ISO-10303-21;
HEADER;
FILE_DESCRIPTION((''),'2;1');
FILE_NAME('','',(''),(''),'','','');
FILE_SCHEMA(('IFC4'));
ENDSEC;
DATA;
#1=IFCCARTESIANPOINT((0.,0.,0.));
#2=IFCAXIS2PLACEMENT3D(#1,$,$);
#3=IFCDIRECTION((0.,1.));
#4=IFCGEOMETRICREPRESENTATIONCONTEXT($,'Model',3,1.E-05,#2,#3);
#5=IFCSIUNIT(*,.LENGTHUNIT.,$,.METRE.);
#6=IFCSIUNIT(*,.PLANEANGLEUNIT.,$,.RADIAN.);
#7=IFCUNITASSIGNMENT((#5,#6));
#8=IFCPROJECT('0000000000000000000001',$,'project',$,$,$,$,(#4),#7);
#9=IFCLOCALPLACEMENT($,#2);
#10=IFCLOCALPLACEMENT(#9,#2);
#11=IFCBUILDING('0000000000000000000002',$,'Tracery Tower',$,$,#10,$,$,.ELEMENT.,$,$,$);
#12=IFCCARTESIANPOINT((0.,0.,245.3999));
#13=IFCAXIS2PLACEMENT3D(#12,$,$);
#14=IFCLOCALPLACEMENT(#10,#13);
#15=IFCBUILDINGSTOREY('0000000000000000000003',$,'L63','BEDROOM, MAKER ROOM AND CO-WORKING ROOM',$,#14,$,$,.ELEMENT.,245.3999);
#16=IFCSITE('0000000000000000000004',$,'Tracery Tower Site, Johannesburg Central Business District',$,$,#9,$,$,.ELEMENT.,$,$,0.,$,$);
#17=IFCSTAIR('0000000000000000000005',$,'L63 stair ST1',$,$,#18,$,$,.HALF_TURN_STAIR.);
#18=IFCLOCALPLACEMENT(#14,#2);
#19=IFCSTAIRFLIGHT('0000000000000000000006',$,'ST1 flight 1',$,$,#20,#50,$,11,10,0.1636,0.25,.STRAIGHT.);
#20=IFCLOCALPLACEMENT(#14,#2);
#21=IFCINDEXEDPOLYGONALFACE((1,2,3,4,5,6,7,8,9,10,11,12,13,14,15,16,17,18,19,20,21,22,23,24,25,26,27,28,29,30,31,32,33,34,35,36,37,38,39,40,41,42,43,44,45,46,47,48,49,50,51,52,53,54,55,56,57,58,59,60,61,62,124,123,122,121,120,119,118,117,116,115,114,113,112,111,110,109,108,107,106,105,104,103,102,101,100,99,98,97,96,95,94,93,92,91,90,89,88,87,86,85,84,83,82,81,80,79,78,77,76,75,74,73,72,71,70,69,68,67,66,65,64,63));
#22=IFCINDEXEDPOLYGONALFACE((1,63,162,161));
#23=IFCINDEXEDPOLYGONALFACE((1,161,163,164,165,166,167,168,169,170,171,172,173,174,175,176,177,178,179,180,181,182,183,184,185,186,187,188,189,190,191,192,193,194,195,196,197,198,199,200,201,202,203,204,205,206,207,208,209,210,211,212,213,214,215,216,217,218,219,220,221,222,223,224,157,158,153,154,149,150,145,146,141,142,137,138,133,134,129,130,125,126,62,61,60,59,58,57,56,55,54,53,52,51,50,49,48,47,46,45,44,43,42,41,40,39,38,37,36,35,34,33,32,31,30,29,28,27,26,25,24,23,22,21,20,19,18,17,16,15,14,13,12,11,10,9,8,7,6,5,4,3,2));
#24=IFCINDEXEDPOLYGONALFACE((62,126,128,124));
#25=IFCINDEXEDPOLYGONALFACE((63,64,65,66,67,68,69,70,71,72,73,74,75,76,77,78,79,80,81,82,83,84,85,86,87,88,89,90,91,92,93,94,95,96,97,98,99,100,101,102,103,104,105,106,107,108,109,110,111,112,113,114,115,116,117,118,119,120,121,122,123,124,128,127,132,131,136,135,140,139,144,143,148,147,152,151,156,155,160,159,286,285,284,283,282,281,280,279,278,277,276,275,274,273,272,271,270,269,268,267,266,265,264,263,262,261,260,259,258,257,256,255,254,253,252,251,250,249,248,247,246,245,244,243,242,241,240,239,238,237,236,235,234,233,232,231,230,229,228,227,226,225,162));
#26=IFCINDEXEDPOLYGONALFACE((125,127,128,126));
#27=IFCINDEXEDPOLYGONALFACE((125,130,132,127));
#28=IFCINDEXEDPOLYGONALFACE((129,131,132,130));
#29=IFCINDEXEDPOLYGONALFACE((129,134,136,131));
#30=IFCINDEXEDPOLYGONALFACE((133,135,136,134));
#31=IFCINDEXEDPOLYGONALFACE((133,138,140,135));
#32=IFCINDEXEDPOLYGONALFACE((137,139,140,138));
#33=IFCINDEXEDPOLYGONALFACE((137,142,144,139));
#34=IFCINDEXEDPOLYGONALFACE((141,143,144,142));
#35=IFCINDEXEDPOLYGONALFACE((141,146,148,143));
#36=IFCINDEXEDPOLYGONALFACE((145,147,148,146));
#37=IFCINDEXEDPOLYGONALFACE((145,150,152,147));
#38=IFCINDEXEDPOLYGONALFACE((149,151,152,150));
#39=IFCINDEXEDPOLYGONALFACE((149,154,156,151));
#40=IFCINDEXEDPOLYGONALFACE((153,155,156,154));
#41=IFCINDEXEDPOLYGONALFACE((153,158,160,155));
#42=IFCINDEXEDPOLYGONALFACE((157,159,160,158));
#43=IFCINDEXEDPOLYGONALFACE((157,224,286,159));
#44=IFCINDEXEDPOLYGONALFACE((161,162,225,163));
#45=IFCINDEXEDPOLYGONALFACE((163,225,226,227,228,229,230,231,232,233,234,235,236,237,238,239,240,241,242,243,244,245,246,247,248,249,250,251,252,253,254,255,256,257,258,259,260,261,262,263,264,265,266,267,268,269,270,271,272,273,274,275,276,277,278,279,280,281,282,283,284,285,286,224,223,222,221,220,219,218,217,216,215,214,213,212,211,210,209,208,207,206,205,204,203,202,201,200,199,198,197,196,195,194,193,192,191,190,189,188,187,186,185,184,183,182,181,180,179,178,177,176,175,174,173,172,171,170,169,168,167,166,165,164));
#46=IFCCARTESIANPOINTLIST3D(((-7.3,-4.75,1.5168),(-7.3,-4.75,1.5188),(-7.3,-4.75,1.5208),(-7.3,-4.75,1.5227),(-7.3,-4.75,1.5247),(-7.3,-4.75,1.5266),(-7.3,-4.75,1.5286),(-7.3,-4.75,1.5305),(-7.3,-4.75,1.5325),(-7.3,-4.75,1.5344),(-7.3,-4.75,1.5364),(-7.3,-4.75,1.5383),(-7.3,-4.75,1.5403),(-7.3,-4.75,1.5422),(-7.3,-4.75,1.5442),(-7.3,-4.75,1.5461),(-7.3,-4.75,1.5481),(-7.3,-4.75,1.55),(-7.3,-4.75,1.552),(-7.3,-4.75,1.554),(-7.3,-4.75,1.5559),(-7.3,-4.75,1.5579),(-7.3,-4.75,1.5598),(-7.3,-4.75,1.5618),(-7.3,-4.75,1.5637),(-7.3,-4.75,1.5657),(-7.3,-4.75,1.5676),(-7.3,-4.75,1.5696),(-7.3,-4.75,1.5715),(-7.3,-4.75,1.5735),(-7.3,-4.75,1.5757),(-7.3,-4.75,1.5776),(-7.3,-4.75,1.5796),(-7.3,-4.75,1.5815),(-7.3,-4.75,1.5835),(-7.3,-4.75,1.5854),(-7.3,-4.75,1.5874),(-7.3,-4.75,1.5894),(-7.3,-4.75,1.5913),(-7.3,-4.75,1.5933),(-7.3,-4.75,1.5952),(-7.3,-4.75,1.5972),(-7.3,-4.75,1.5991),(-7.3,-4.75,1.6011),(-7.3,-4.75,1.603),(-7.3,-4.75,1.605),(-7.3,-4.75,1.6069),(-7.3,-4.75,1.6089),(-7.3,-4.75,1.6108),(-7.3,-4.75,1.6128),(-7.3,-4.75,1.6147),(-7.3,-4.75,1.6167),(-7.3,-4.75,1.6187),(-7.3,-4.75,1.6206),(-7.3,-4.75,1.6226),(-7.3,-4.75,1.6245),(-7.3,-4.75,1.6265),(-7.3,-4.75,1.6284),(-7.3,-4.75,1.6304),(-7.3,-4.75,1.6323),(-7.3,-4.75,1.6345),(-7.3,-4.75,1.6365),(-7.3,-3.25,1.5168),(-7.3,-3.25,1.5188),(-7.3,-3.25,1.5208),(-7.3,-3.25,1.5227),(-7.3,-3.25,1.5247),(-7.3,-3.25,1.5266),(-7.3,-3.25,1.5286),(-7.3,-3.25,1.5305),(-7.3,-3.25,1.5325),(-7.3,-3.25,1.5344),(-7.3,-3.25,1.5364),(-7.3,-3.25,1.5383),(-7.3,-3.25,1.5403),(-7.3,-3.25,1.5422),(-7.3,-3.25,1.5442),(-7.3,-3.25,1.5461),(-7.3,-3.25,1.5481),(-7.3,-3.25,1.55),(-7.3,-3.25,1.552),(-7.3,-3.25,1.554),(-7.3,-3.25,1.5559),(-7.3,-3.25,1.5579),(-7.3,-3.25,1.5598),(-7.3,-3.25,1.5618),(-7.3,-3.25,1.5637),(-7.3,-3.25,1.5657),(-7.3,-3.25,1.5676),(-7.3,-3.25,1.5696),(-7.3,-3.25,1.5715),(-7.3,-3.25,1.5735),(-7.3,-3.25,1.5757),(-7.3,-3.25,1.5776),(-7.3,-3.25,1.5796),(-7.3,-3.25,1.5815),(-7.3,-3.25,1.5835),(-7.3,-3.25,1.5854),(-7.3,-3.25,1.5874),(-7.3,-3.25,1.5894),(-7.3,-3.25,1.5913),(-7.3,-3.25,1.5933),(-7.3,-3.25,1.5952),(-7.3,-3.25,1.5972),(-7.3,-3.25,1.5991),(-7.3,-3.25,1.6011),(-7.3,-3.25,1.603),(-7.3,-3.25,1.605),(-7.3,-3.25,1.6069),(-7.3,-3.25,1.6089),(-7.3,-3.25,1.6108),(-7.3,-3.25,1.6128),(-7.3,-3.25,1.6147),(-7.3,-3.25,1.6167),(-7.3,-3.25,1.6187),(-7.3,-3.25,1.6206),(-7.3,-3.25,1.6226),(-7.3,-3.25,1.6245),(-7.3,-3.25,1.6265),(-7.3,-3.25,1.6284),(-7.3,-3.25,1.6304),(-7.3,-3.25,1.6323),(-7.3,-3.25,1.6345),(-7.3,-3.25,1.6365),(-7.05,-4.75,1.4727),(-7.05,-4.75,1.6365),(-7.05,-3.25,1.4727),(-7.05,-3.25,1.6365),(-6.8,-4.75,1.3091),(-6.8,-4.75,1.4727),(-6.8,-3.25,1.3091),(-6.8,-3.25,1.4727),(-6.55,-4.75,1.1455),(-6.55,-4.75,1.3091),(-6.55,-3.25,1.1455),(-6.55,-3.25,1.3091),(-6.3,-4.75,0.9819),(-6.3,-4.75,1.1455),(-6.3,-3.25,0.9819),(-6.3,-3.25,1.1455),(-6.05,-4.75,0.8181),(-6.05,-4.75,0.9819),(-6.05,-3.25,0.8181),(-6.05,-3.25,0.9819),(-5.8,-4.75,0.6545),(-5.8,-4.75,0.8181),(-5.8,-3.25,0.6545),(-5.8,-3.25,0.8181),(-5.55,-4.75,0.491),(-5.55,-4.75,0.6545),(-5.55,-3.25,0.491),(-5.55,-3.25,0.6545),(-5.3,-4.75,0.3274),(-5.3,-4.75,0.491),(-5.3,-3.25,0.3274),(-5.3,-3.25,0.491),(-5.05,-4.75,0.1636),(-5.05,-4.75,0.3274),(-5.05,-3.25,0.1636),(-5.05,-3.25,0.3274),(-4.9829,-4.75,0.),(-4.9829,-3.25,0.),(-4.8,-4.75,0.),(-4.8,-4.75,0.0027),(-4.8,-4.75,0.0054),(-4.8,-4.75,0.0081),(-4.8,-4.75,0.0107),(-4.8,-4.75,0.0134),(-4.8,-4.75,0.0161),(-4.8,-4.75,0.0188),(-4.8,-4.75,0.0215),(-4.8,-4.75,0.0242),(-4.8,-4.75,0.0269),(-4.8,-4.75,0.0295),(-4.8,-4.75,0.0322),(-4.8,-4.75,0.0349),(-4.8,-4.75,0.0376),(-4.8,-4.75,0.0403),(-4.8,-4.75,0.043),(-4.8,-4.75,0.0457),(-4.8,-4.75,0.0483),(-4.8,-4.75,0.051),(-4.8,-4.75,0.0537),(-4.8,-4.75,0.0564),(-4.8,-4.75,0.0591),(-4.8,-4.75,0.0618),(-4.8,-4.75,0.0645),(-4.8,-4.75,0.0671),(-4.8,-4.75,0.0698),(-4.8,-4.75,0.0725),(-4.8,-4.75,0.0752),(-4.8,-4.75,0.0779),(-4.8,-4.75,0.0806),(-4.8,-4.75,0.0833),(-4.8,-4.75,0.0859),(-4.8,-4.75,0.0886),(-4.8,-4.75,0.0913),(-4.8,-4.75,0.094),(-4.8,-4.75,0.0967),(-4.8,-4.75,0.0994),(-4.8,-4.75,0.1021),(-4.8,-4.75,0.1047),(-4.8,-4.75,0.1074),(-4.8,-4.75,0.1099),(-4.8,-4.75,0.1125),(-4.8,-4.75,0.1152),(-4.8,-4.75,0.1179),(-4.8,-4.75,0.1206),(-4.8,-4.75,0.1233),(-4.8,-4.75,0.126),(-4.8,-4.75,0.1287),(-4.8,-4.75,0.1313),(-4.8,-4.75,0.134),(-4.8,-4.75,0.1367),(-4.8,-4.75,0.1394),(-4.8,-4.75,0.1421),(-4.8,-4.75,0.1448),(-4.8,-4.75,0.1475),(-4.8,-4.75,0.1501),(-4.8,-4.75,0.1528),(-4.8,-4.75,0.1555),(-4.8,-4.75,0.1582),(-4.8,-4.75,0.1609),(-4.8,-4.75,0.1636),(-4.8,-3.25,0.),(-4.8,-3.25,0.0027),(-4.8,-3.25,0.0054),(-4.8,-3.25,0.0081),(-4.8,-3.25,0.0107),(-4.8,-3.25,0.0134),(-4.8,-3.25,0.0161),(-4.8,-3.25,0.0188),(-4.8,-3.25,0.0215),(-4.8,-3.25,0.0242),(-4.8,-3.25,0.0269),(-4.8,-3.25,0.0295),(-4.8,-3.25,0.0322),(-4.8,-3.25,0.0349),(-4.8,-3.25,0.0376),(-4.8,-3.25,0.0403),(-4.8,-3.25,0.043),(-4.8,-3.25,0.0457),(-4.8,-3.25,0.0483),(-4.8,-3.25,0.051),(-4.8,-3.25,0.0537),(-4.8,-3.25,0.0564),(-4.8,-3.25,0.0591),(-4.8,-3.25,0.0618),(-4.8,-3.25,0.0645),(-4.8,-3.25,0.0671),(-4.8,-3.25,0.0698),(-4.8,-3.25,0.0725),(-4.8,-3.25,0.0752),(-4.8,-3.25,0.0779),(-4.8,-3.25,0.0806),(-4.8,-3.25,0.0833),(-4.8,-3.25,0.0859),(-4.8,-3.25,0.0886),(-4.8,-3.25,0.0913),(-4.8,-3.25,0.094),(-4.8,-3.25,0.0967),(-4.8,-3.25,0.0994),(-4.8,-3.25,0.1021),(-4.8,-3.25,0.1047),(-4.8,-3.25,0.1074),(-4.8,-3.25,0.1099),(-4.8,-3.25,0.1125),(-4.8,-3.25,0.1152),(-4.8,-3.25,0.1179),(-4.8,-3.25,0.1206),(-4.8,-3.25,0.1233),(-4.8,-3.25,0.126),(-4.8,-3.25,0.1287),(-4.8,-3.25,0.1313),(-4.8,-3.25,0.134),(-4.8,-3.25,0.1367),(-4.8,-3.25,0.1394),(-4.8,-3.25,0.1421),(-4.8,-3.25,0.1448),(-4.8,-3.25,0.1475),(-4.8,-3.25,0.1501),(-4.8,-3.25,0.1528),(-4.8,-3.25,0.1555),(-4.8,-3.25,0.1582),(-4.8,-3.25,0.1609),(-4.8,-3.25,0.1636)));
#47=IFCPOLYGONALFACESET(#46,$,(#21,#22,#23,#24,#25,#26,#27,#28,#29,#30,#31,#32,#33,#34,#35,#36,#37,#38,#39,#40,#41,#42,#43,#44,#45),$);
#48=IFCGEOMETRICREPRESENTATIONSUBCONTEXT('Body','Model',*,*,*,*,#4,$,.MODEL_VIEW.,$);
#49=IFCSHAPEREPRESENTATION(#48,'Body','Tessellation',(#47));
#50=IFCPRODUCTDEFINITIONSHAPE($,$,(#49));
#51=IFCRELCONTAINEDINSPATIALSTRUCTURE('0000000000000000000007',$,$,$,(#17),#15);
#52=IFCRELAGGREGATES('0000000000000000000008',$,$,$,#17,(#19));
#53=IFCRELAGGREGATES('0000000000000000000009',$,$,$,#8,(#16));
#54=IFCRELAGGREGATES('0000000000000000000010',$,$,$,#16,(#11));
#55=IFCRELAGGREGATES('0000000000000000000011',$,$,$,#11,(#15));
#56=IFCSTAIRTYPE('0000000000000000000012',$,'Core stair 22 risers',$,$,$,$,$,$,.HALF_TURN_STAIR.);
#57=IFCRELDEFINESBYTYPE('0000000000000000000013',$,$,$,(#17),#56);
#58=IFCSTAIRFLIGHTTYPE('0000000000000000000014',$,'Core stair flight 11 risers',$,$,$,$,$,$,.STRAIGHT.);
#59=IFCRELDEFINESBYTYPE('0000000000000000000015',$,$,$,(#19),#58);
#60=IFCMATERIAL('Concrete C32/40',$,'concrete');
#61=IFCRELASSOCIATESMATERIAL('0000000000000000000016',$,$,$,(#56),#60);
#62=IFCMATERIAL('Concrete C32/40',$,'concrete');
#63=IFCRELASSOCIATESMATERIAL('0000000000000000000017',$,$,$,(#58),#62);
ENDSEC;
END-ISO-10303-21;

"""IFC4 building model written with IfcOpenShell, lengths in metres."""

from ifc_helpers import new_model, si_unit, direction, frame, origin, place, context, subcontext, project, spatial, polyline, outline, extrude, material, type_object, element, aggregate, save


model = new_model("IFC4")

# Units and contexts
model_context = context("Model", 3, precision=1e-05, world=origin(), true_north=direction((0.0, 1.0)))
body_context = subcontext(model_context, "Body", "Model", "MODEL_VIEW")
ifc_project = project(units=[si_unit("LENGTHUNIT", "METRE"), si_unit("PLANEANGLEUNIT", "RADIAN")], contexts=[model_context])

# Site, building, storey
site_placement = place(None, origin())
site = spatial("IfcSite", under=ifc_project, at=site_placement, Name="Tracery Tower Site, Johannesburg Central Business District", CompositionType="ELEMENT", RefElevation=0.0)
building_placement = place(site_placement, origin())
building = spatial("IfcBuilding", under=site, at=building_placement, Name="Tracery Tower", CompositionType="ELEMENT")
storey_placement = place(building_placement, frame((0.0, 0.0, 245.3999)))
storey = spatial("IfcBuildingStorey", under=building, at=storey_placement, Name="L63", Description="BEDROOM, MAKER ROOM AND CO-WORKING ROOM", CompositionType="ELEMENT", Elevation=245.3999)

# Stair, stair flight
ifc_material_1 = material(Name="Concrete C32/40", Category="concrete")
stair_type = type_object("IfcStairType", Name="Core stair 22 risers", PredefinedType="HALF_TURN_STAIR", material=ifc_material_1)
stair_placement = place(storey_placement, origin())
stair = element("IfcStair", 1, at=stair_placement, inside=storey, type_object=stair_type, Name="L63 stair ST1", PredefinedType="HALF_TURN_STAIR")
ifc_material_2 = material(Name="Concrete C32/40", Category="concrete")
stair_flight_type = type_object("IfcStairFlightType", Name="Core stair flight 11 risers", PredefinedType="STRAIGHT", material=ifc_material_2)
stair_flight_1_placement = place(storey_placement, frame((-4.8, -4.0, 0.0), z_axis=(0.0, 0.0, 1.0), x_axis=(-1.0, 0.0, 0.0)))
stair_flight_1 = element("IfcStairFlight", 2, at=stair_flight_1_placement, type_object=stair_flight_type, Name="ST1 flight 1", NumberOfRisers=11, NumberOfTreads=10, PredefinedType="STRAIGHT", RiserHeight=0.1636, TreadLength=0.25, context=body_context, shape_type="SweptSolid", body=[
    extrude(outline(polyline([(0.0, 0.0), (0.0, 0.0027), (0.0, 0.0054), (0.0, 0.0081), (0.0, 0.0107), (0.0, 0.0134), (0.0, 0.0161), (0.0, 0.0188), (0.0, 0.0215), (0.0, 0.0242), (0.0, 0.0269), (0.0, 0.0295), (0.0, 0.0322), (0.0, 0.0349), (0.0, 0.0376), (0.0, 0.0403), (0.0, 0.043), (0.0, 0.0457), (0.0, 0.0483), (0.0, 0.051), (0.0, 0.0537), (0.0, 0.0564), (0.0, 0.0591), (0.0, 0.0618), (0.0, 0.0645), (0.0, 0.0671), (0.0, 0.0698), (0.0, 0.0725), (0.0, 0.0752), (0.0, 0.0779), (0.0, 0.0806), (0.0, 0.0833), (0.0, 0.0859), (0.0, 0.0886), (0.0, 0.0913), (0.0, 0.094), (0.0, 0.0967), (0.0, 0.0994), (0.0, 0.1021), (0.0, 0.1047), (0.0, 0.1074), (0.0, 0.1099), (0.0, 0.1125), (0.0, 0.1152), (0.0, 0.1179), (0.0, 0.1206), (0.0, 0.1233), (0.0, 0.126), (0.0, 0.1287), (0.0, 0.1313), (0.0, 0.134), (0.0, 0.1367), (0.0, 0.1394), (0.0, 0.1421), (0.0, 0.1448), (0.0, 0.1475), (0.0, 0.1501), (0.0, 0.1528), (0.0, 0.1555), (0.0, 0.1582), (0.0, 0.1609), (0.0, 0.1636), (0.25, 0.1636), (0.25, 0.3274), (0.5, 0.3274), (0.5, 0.491), (0.75, 0.491), (0.75, 0.6545), (1.0, 0.6545), (1.0, 0.8181), (1.25, 0.8181), (1.25, 0.9819), (1.5, 0.9819), (1.5, 1.1455), (1.75, 1.1455), (1.75, 1.3091), (2.0, 1.3091), (2.0, 1.4727), (2.25, 1.4727), (2.25, 1.6365), (2.5, 1.6365), (2.5, 1.6345), (2.5, 1.6323), (2.5, 1.6304), (2.5, 1.6284), (2.5, 1.6265), (2.5, 1.6245), (2.5, 1.6226), (2.5, 1.6206), (2.5, 1.6187), (2.5, 1.6167), (2.5, 1.6147), (2.5, 1.6128), (2.5, 1.6108), (2.5, 1.6089), (2.5, 1.6069), (2.5, 1.605), (2.5, 1.603), (2.5, 1.6011), (2.5, 1.5991), (2.5, 1.5972), (2.5, 1.5952), (2.5, 1.5933), (2.5, 1.5913), (2.5, 1.5894), (2.5, 1.5874), (2.5, 1.5854), (2.5, 1.5835), (2.5, 1.5815), (2.5, 1.5796), (2.5, 1.5776), (2.5, 1.5757), (2.5, 1.5735), (2.5, 1.5715), (2.5, 1.5696), (2.5, 1.5676), (2.5, 1.5657), (2.5, 1.5637), (2.5, 1.5618), (2.5, 1.5598), (2.5, 1.5579), (2.5, 1.5559), (2.5, 1.554), (2.5, 1.552), (2.5, 1.55), (2.5, 1.5481), (2.5, 1.5461), (2.5, 1.5442), (2.5, 1.5422), (2.5, 1.5403), (2.5, 1.5383), (2.5, 1.5364), (2.5, 1.5344), (2.5, 1.5325), (2.5, 1.5305), (2.5, 1.5286), (2.5, 1.5266), (2.5, 1.5247), (2.5, 1.5227), (2.5, 1.5208), (2.5, 1.5188), (2.5, 1.5168), (0.1829, 0.0), (0.0, 0.0)])), frame((0.0, 0.75, 0.0), z_axis=(0.0, -1.0, 0.0), x_axis=(1.0, 0.0, 0.0)), (0.0, 0.0, 1.0), 1.5),
])
aggregate(stair, [stair_flight_1])

save(model, "model.ifc")
